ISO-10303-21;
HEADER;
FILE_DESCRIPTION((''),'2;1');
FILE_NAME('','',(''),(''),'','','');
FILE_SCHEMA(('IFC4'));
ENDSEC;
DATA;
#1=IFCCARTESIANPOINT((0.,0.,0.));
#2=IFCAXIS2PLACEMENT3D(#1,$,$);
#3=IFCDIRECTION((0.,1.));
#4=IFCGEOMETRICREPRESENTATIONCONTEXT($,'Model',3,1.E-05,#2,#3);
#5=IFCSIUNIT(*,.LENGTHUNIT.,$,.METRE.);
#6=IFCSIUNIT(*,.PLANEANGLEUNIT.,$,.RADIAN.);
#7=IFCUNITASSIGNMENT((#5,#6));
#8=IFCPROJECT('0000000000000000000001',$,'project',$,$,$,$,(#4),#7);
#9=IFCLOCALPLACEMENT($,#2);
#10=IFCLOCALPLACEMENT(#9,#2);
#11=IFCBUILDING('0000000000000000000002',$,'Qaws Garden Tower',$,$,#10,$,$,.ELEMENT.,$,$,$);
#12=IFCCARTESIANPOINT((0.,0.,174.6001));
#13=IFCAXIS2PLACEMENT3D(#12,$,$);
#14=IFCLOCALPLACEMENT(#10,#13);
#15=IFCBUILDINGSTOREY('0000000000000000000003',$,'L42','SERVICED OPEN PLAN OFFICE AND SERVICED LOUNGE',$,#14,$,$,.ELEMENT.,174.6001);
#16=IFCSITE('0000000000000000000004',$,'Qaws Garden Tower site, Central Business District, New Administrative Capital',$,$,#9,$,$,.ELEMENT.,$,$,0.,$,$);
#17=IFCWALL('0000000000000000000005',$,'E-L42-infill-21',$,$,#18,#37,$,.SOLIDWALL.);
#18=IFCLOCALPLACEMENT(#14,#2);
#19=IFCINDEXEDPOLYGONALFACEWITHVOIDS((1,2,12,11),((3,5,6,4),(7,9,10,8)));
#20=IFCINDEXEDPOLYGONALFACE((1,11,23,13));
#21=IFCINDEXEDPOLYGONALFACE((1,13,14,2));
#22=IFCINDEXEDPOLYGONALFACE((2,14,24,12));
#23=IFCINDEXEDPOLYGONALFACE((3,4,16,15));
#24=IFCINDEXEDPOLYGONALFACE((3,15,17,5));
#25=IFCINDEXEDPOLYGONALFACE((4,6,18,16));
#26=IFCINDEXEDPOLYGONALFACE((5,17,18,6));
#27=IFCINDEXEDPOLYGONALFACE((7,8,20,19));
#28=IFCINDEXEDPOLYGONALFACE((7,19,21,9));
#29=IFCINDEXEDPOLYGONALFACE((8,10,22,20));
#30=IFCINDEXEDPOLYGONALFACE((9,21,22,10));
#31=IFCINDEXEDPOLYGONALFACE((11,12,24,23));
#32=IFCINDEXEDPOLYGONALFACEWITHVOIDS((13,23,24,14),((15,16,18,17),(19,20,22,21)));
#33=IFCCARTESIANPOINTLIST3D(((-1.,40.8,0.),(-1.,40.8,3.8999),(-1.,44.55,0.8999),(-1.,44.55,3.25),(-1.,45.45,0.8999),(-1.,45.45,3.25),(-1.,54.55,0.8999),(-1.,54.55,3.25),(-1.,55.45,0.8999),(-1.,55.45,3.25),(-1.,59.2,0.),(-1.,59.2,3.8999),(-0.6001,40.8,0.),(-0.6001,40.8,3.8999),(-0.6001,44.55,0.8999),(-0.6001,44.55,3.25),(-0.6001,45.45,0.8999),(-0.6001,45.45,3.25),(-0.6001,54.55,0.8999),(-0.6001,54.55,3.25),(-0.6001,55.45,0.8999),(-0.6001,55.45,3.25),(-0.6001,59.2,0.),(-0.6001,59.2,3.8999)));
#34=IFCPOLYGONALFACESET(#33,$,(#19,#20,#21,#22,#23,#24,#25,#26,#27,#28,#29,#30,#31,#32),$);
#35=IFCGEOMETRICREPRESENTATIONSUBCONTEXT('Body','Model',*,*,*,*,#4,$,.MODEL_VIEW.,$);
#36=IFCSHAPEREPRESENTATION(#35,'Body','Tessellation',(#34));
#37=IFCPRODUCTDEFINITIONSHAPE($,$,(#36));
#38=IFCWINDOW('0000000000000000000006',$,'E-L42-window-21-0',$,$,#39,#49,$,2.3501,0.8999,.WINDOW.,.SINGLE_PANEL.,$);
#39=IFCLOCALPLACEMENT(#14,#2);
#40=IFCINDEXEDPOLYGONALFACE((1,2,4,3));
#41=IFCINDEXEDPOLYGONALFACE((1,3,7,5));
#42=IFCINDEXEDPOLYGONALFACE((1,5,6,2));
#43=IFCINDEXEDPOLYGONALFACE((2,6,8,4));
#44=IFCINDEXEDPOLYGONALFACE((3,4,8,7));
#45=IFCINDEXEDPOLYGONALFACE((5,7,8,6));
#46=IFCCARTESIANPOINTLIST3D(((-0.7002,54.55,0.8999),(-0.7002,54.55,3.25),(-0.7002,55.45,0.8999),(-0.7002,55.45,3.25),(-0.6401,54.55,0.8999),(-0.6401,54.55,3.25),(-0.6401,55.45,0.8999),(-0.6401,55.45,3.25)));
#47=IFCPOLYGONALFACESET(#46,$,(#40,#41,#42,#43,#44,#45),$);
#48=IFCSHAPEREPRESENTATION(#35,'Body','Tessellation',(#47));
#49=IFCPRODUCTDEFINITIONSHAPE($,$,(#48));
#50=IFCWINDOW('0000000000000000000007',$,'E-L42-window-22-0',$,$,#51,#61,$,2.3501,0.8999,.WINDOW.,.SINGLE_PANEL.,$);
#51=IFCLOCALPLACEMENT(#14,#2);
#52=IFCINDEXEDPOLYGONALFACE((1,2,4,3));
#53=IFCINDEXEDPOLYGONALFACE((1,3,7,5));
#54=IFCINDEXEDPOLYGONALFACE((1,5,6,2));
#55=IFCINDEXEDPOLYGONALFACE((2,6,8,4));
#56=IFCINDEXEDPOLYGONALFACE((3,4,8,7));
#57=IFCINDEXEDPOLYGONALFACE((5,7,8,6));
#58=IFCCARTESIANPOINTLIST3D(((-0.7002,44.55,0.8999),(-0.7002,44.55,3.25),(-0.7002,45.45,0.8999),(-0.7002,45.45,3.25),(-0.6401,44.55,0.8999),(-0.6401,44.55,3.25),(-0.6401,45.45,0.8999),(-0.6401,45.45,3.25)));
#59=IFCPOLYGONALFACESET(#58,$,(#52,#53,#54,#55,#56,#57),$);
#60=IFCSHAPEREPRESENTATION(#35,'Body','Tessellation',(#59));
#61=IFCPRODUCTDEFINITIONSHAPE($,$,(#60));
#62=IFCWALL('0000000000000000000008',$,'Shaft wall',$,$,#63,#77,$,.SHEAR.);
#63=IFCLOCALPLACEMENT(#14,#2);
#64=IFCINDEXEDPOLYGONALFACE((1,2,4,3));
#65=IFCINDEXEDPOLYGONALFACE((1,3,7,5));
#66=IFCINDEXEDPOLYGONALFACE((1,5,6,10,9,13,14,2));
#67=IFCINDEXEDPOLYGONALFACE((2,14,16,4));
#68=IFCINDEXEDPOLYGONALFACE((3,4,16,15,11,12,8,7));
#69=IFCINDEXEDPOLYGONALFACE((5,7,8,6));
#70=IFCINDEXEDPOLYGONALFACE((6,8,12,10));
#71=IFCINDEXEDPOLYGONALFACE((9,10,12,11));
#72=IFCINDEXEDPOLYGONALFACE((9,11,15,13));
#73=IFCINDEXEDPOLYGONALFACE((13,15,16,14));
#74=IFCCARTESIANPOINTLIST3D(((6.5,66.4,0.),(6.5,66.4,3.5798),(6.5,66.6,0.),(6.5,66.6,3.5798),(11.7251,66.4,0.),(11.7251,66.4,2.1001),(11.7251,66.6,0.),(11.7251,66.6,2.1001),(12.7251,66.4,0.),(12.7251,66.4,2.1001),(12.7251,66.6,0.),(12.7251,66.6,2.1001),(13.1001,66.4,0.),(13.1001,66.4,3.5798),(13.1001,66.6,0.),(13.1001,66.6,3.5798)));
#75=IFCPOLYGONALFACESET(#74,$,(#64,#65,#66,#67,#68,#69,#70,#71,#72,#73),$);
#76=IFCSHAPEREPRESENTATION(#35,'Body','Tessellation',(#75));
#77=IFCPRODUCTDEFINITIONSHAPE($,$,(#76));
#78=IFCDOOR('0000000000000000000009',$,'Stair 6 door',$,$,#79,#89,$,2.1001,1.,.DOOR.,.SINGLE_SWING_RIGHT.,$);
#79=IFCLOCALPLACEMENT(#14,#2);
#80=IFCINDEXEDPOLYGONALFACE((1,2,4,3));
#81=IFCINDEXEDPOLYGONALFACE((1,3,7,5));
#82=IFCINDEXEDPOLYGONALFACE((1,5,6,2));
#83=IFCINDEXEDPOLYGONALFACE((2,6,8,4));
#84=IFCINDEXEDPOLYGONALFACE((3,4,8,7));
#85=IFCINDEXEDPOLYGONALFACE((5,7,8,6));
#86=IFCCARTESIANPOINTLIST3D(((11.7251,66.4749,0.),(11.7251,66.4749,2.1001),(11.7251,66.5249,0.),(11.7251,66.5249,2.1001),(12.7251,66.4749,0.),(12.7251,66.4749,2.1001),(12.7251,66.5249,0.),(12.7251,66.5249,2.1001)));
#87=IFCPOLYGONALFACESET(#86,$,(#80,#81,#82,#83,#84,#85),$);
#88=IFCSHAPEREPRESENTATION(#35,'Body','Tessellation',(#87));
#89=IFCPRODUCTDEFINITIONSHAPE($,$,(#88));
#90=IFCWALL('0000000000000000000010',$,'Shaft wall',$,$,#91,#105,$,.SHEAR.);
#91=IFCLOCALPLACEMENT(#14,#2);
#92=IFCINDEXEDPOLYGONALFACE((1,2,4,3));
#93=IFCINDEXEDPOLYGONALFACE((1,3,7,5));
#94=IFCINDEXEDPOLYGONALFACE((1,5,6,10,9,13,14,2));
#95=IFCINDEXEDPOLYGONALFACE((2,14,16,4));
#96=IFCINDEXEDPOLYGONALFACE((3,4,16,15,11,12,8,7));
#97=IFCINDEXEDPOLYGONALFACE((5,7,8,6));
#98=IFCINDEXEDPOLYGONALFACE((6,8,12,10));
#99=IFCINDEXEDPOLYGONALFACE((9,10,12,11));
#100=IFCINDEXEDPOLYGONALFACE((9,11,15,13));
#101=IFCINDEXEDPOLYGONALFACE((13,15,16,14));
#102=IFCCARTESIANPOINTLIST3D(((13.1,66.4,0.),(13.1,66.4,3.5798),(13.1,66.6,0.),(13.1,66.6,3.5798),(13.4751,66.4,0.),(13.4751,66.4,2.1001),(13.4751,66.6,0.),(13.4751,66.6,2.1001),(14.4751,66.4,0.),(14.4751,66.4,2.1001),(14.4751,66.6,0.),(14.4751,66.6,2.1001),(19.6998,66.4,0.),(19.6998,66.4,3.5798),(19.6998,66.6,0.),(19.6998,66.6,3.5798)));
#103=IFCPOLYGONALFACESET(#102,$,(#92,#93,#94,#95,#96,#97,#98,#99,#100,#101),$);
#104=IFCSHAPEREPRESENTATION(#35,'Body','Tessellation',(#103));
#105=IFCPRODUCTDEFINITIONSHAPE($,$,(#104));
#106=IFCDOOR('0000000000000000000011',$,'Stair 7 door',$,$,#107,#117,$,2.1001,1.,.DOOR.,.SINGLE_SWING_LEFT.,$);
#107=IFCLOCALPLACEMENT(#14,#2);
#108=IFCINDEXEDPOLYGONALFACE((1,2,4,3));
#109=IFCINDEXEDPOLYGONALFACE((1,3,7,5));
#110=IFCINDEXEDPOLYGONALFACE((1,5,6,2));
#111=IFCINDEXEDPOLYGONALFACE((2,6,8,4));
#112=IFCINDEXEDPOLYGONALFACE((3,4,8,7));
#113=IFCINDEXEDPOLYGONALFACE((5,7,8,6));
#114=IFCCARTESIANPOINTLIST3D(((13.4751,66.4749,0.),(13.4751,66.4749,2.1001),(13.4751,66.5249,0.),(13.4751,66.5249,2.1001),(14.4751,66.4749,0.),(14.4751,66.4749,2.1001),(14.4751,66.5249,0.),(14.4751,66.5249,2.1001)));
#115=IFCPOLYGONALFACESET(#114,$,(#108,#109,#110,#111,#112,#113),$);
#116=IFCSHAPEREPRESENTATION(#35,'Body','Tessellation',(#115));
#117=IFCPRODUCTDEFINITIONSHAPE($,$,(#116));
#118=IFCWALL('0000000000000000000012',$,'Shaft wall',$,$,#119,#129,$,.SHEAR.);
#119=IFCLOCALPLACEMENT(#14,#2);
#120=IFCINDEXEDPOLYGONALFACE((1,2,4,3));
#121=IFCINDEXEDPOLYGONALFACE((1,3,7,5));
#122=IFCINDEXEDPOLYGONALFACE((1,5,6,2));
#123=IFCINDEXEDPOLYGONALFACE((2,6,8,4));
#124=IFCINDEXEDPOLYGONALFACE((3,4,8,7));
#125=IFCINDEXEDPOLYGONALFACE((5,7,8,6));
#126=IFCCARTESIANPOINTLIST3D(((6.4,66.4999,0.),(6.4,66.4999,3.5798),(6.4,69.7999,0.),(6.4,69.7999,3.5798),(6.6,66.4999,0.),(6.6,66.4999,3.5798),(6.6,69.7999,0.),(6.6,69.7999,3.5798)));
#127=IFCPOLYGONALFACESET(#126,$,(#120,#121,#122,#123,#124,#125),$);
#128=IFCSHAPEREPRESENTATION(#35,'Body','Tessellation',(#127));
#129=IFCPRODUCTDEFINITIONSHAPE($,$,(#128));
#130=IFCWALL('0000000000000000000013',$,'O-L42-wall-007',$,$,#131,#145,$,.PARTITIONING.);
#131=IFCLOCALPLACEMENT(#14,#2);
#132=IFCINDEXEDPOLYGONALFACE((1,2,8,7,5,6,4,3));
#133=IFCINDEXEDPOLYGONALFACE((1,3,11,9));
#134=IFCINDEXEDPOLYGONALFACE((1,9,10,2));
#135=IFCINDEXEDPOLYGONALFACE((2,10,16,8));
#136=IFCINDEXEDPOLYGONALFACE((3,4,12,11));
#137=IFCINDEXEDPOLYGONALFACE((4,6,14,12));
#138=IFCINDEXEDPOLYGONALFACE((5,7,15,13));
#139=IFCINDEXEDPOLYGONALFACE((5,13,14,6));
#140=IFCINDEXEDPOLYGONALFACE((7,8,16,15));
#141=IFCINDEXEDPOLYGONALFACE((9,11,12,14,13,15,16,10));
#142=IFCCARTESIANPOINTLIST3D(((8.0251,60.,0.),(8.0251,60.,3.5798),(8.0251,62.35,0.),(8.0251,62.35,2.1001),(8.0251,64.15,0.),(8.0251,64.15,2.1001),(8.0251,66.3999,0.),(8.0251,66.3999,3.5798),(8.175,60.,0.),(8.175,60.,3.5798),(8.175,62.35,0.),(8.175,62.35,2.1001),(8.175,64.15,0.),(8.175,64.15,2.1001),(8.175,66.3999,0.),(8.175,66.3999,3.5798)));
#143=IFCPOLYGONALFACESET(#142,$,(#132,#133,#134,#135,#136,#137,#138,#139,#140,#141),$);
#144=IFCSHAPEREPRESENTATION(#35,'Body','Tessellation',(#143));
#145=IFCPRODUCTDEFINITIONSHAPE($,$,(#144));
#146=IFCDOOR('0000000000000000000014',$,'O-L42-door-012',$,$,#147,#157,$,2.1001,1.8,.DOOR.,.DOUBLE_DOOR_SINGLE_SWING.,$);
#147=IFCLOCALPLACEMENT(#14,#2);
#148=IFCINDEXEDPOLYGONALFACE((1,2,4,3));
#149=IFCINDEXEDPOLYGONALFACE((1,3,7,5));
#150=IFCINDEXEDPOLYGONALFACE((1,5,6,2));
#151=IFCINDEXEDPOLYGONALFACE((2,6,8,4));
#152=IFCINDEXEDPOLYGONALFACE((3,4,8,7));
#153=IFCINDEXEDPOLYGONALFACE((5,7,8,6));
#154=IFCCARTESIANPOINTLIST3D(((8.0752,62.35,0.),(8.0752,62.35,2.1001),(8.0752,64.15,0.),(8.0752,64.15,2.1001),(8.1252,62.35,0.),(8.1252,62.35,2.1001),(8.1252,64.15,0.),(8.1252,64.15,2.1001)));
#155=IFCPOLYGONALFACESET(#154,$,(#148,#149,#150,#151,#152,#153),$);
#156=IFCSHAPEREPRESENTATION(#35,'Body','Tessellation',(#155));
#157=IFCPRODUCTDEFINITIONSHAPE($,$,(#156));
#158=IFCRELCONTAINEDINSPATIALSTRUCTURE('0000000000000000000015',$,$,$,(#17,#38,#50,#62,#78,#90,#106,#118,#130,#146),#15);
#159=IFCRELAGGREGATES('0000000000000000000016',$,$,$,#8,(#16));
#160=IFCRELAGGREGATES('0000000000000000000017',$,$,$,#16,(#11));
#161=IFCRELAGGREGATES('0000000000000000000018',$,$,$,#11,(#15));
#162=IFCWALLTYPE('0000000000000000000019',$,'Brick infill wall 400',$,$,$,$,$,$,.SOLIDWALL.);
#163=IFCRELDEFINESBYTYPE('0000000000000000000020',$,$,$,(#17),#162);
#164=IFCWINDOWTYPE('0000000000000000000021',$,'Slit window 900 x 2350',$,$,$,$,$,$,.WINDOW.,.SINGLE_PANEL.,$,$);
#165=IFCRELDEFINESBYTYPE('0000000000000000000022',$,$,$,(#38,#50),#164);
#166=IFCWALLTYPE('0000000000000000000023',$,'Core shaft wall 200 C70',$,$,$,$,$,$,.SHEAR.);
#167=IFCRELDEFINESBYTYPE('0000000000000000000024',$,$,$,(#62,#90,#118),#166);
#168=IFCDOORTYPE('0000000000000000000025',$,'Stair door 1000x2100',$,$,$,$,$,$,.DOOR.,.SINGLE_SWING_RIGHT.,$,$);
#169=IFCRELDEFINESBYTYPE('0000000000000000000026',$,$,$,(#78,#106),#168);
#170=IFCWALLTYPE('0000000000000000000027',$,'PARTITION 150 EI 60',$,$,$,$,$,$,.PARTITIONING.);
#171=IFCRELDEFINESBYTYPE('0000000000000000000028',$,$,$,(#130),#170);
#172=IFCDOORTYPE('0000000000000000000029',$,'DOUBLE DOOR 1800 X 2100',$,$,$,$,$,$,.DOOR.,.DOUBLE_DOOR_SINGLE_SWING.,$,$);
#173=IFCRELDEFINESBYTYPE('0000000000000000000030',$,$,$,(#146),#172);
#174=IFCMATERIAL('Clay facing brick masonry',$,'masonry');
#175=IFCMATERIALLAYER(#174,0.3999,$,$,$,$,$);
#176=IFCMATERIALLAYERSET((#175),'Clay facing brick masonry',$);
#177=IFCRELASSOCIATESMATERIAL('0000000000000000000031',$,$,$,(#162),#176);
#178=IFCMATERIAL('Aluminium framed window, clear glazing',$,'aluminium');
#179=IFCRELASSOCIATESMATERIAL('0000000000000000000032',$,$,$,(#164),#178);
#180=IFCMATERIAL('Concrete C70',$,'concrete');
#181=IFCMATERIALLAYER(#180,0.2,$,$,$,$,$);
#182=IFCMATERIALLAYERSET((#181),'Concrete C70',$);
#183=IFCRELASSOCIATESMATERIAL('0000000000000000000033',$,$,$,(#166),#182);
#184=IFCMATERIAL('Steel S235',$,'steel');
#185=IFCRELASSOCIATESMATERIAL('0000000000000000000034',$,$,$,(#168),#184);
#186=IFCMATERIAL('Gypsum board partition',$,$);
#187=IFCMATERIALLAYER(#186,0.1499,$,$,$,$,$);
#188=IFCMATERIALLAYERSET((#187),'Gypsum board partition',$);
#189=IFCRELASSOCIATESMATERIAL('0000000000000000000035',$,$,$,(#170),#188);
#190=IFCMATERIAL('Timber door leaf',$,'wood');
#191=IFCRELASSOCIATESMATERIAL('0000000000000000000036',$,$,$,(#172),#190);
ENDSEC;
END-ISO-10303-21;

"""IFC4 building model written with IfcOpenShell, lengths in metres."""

from ifc_helpers import new_model, si_unit, direction, frame, frame_2d, origin, place, context, subcontext, project, spatial, rectangle, extrude, material, layer, layer_set, type_object, element, fill, save


model = new_model("IFC4")

# Units and contexts
model_context = context("Model", 3, precision=1e-05, world=origin(), true_north=direction((0.0, 1.0)))
body_context = subcontext(model_context, "Body", "Model", "MODEL_VIEW")
ifc_project = project(units=[si_unit("LENGTHUNIT", "METRE"), si_unit("PLANEANGLEUNIT", "RADIAN")], contexts=[model_context])

# Site, building, storey
site_placement = place(None, origin())
site = spatial("IfcSite", under=ifc_project, at=site_placement, Name="Qaws Garden Tower site, Central Business District, New Administrative Capital", CompositionType="ELEMENT", RefElevation=0.0)
building_placement = place(site_placement, origin())
building = spatial("IfcBuilding", under=site, at=building_placement, Name="Qaws Garden Tower", CompositionType="ELEMENT")
storey_placement = place(building_placement, frame((0.0, 0.0, 174.6001)))
storey = spatial("IfcBuildingStorey", under=building, at=storey_placement, Name="L42", Description="SERVICED OPEN PLAN OFFICE AND SERVICED LOUNGE", CompositionType="ELEMENT", Elevation=174.6001)

# Shared definitions
ifc_material_1 = material(Name="Clay facing brick masonry", Category="masonry")
ifc_layer_1 = layer(ifc_material_1, 0.3999)
ifc_layer_set_1 = layer_set([ifc_layer_1], Name="Clay facing brick masonry")
wall_type_1 = type_object("IfcWallType", Name="Brick infill wall 400", PredefinedType="SOLIDWALL", material=ifc_layer_set_1)

# Wall, openings, windows
wall_1_placement = place(storey_placement, frame((-0.8, 59.2, 0.0), z_axis=(0.0, 0.0, 1.0), x_axis=(0.0, -1.0, 0.0)))
wall_1 = element("IfcWall", 1, at=wall_1_placement, inside=storey, type_object=wall_type_1, Name="E-L42-infill-21", PredefinedType="SOLIDWALL", context=body_context, shape_type="SweptSolid", body=[
    extrude(rectangle(XDim=18.3999, YDim=0.3999, at=frame_2d((9.2, 0.0))), origin(), (0.0, 0.0, 1.0), 3.8999),
])
opening_1_placement = place(wall_1_placement, frame((3.75, 0.0, 0.8999)))
opening_1 = element("IfcOpeningElement", 2, at=opening_1_placement, cuts=wall_1, PredefinedType="OPENING", context=body_context, shape_type="SweptSolid", body=[
    extrude(rectangle(XDim=0.8999, YDim=2.3501, at=frame_2d((0.45, 1.175))), frame((0.0, 0.21, 0.0), z_axis=(0.0, -1.0, 0.0), x_axis=(1.0, 0.0, 0.0)), (0.0, 0.0, 1.0), 0.4199),
])
opening_2_placement = place(wall_1_placement, frame((13.75, 0.0, 0.8999)))
opening_2 = element("IfcOpeningElement", 3, at=opening_2_placement, cuts=wall_1, PredefinedType="OPENING", context=body_context, shape_type="SweptSolid", body=[
    extrude(rectangle(XDim=0.8999, YDim=2.3501, at=frame_2d((0.45, 1.175))), frame((0.0, 0.21, 0.0), z_axis=(0.0, -1.0, 0.0), x_axis=(1.0, 0.0, 0.0)), (0.0, 0.0, 1.0), 0.4199),
])
ifc_material_2 = material(Name="Aluminium framed window, clear glazing", Category="aluminium")
window_type_1 = type_object("IfcWindowType", Name="Slit window 900 x 2350", PartitioningType="SINGLE_PANEL", PredefinedType="WINDOW", material=ifc_material_2)
window_1_placement = place(opening_1_placement, origin())
window_1 = element("IfcWindow", 4, at=window_1_placement, inside=storey, type_object=window_type_1, Name="E-L42-window-21-0", OverallHeight=2.3501, OverallWidth=0.8999, PartitioningType="SINGLE_PANEL", PredefinedType="WINDOW", context=body_context, shape_type="SweptSolid", body=[
    extrude(rectangle(XDim=0.8999, YDim=2.3501, at=frame_2d((0.45, 1.175))), frame((0.0, 0.1599, 0.0), z_axis=(0.0, -1.0, 0.0), x_axis=(1.0, 0.0, 0.0)), (0.0, 0.0, 1.0), 0.0601),
])
fill(opening_1, window_1)
window_2_placement = place(opening_2_placement, origin())
window_2 = element("IfcWindow", 5, at=window_2_placement, inside=storey, type_object=window_type_1, Name="E-L42-window-22-0", OverallHeight=2.3501, OverallWidth=0.8999, PartitioningType="SINGLE_PANEL", PredefinedType="WINDOW", context=body_context, shape_type="SweptSolid", body=[
    extrude(rectangle(XDim=0.8999, YDim=2.3501, at=frame_2d((0.45, 1.175))), frame((0.0, 0.1599, 0.0), z_axis=(0.0, -1.0, 0.0), x_axis=(1.0, 0.0, 0.0)), (0.0, 0.0, 1.0), 0.0601),
])
fill(opening_2, window_2)

# Walls, openings, doors
ifc_material_3 = material(Name="Concrete C70", Category="concrete")
ifc_layer_2 = layer(ifc_material_3, 0.2)
ifc_layer_set_2 = layer_set([ifc_layer_2], Name="Concrete C70")
wall_type_2 = type_object("IfcWallType", Name="Core shaft wall 200 C70", PredefinedType="SHEAR", material=ifc_layer_set_2)
wall_2_placement = place(storey_placement, frame((6.5, 66.5, 0.0), z_axis=(0.0, 0.0, 1.0), x_axis=(1.0, 0.0, 0.0)))
wall_2 = element("IfcWall", 6, at=wall_2_placement, inside=storey, type_object=wall_type_2, Name="Shaft wall", PredefinedType="SHEAR", context=body_context, shape_type="SweptSolid", body=[
    extrude(rectangle(XDim=6.6001, YDim=0.2, at=frame_2d((3.3, 0.0))), origin(), (0.0, 0.0, 1.0), 3.5798),
])
opening_3_placement = place(wall_2_placement, frame((5.2251, 0.0, 0.0)))
opening_3 = element("IfcOpeningElement", 7, at=opening_3_placement, cuts=wall_2, PredefinedType="OPENING", context=body_context, shape_type="SweptSolid", body=[
    extrude(rectangle(XDim=1.0, YDim=2.1001, at=frame_2d((0.5, 1.05))), frame((0.0, 0.1099, 0.0), z_axis=(0.0, -1.0, 0.0), x_axis=(1.0, 0.0, 0.0)), (0.0, 0.0, 1.0), 0.22),
])
ifc_material_4 = material(Name="Steel S235", Category="steel")
door_type_1 = type_object("IfcDoorType", Name="Stair door 1000x2100", OperationType="SINGLE_SWING_RIGHT", PredefinedType="DOOR", material=ifc_material_4)
door_1_placement = place(opening_3_placement, origin())
door_1 = element("IfcDoor", 8, at=door_1_placement, inside=storey, type_object=door_type_1, Name="Stair 6 door", OperationType="SINGLE_SWING_RIGHT", OverallHeight=2.1001, OverallWidth=1.0, PredefinedType="DOOR", context=body_context, shape_type="SweptSolid", body=[
    extrude(rectangle(XDim=1.0, YDim=2.1001, at=frame_2d((0.5, 1.05))), frame((0.0, 0.0249, 0.0), z_axis=(0.0, -1.0, 0.0), x_axis=(1.0, 0.0, 0.0)), (0.0, 0.0, 1.0), 0.05),
])
fill(opening_3, door_1)
wall_3_placement = place(storey_placement, frame((13.1001, 66.5, 0.0), z_axis=(0.0, 0.0, 1.0), x_axis=(1.0, 0.0, 0.0)))
wall_3 = element("IfcWall", 9, at=wall_3_placement, inside=storey, type_object=wall_type_2, Name="Shaft wall", PredefinedType="SHEAR", context=body_context, shape_type="SweptSolid", body=[
    extrude(rectangle(XDim=6.5999, YDim=0.2, at=frame_2d((3.2998, 0.0))), origin(), (0.0, 0.0, 1.0), 3.5798),
])
opening_4_placement = place(wall_3_placement, frame((0.375, 0.0, 0.0)))
opening_4 = element("IfcOpeningElement", 10, at=opening_4_placement, cuts=wall_3, PredefinedType="OPENING", context=body_context, shape_type="SweptSolid", body=[
    extrude(rectangle(XDim=1.0, YDim=2.1001, at=frame_2d((0.5, 1.05))), frame((0.0, 0.1099, 0.0), z_axis=(0.0, -1.0, 0.0), x_axis=(1.0, 0.0, 0.0)), (0.0, 0.0, 1.0), 0.22),
])
door_2_placement = place(opening_4_placement, origin())
door_2 = element("IfcDoor", 11, at=door_2_placement, inside=storey, type_object=door_type_1, Name="Stair 7 door", OperationType="SINGLE_SWING_LEFT", OverallHeight=2.1001, OverallWidth=1.0, PredefinedType="DOOR", context=body_context, shape_type="SweptSolid", body=[
    extrude(rectangle(XDim=1.0, YDim=2.1001, at=frame_2d((0.5, 1.05))), frame((0.0, 0.0249, 0.0), z_axis=(0.0, -1.0, 0.0), x_axis=(1.0, 0.0, 0.0)), (0.0, 0.0, 1.0), 0.05),
])
fill(opening_4, door_2)

# Wall
wall_4_placement = place(storey_placement, frame((6.5, 66.5, 0.0), z_axis=(0.0, 0.0, 1.0), x_axis=(0.0, 1.0, 0.0)))
element("IfcWall", 12, at=wall_4_placement, inside=storey, type_object=wall_type_2, Name="Shaft wall", PredefinedType="SHEAR", context=body_context, shape_type="SweptSolid", body=[
    extrude(rectangle(XDim=3.3, YDim=0.2, at=frame_2d((1.6499, 0.0))), origin(), (0.0, 0.0, 1.0), 3.5798),
])

# Wall, opening, door
ifc_material_5 = material(Name="Gypsum board partition")
ifc_layer_3 = layer(ifc_material_5, 0.1499)
ifc_layer_set_3 = layer_set([ifc_layer_3], Name="Gypsum board partition")
wall_type_3 = type_object("IfcWallType", Name="PARTITION 150 EI 60", PredefinedType="PARTITIONING", material=ifc_layer_set_3)
wall_5_placement = place(storey_placement, frame((8.1001, 60.0, 0.0), z_axis=(0.0, 0.0, 1.0), x_axis=(0.0, 1.0, 0.0)))
wall_5 = element("IfcWall", 13, at=wall_5_placement, inside=storey, type_object=wall_type_3, Name="O-L42-wall-007", PredefinedType="PARTITIONING", context=body_context, shape_type="SweptSolid", body=[
    extrude(rectangle(XDim=6.3999, YDim=0.1499, at=frame_2d((3.2, 0.0))), origin(), (0.0, 0.0, 1.0), 3.5798),
])
opening_5_placement = place(wall_5_placement, frame((2.3501, 0.0, 0.0)))
opening_5 = element("IfcOpeningElement", 14, at=opening_5_placement, cuts=wall_5, PredefinedType="OPENING", context=body_context, shape_type="SweptSolid", body=[
    extrude(rectangle(XDim=1.8, YDim=2.1001, at=frame_2d((0.8999, 1.05))), frame((0.0, 0.085, 0.0), z_axis=(0.0, -1.0, 0.0), x_axis=(1.0, 0.0, 0.0)), (0.0, 0.0, 1.0), 0.1699),
])
ifc_material_6 = material(Name="Timber door leaf", Category="wood")
door_type_2 = type_object("IfcDoorType", Name="DOUBLE DOOR 1800 X 2100", OperationType="DOUBLE_DOOR_SINGLE_SWING", PredefinedType="DOOR", material=ifc_material_6)
door_3_placement = place(opening_5_placement, origin())
door_3 = element("IfcDoor", 15, at=door_3_placement, inside=storey, type_object=door_type_2, Name="O-L42-door-012", OperationType="DOUBLE_DOOR_SINGLE_SWING", OverallHeight=2.1001, OverallWidth=1.8, PredefinedType="DOOR", context=body_context, shape_type="SweptSolid", body=[
    extrude(rectangle(XDim=1.8, YDim=2.1001, at=frame_2d((0.8999, 1.05))), frame((0.0, 0.0249, 0.0), z_axis=(0.0, -1.0, 0.0), x_axis=(1.0, 0.0, 0.0)), (0.0, 0.0, 1.0), 0.05),
])
fill(opening_5, door_3)

save(model, "model.ifc")
